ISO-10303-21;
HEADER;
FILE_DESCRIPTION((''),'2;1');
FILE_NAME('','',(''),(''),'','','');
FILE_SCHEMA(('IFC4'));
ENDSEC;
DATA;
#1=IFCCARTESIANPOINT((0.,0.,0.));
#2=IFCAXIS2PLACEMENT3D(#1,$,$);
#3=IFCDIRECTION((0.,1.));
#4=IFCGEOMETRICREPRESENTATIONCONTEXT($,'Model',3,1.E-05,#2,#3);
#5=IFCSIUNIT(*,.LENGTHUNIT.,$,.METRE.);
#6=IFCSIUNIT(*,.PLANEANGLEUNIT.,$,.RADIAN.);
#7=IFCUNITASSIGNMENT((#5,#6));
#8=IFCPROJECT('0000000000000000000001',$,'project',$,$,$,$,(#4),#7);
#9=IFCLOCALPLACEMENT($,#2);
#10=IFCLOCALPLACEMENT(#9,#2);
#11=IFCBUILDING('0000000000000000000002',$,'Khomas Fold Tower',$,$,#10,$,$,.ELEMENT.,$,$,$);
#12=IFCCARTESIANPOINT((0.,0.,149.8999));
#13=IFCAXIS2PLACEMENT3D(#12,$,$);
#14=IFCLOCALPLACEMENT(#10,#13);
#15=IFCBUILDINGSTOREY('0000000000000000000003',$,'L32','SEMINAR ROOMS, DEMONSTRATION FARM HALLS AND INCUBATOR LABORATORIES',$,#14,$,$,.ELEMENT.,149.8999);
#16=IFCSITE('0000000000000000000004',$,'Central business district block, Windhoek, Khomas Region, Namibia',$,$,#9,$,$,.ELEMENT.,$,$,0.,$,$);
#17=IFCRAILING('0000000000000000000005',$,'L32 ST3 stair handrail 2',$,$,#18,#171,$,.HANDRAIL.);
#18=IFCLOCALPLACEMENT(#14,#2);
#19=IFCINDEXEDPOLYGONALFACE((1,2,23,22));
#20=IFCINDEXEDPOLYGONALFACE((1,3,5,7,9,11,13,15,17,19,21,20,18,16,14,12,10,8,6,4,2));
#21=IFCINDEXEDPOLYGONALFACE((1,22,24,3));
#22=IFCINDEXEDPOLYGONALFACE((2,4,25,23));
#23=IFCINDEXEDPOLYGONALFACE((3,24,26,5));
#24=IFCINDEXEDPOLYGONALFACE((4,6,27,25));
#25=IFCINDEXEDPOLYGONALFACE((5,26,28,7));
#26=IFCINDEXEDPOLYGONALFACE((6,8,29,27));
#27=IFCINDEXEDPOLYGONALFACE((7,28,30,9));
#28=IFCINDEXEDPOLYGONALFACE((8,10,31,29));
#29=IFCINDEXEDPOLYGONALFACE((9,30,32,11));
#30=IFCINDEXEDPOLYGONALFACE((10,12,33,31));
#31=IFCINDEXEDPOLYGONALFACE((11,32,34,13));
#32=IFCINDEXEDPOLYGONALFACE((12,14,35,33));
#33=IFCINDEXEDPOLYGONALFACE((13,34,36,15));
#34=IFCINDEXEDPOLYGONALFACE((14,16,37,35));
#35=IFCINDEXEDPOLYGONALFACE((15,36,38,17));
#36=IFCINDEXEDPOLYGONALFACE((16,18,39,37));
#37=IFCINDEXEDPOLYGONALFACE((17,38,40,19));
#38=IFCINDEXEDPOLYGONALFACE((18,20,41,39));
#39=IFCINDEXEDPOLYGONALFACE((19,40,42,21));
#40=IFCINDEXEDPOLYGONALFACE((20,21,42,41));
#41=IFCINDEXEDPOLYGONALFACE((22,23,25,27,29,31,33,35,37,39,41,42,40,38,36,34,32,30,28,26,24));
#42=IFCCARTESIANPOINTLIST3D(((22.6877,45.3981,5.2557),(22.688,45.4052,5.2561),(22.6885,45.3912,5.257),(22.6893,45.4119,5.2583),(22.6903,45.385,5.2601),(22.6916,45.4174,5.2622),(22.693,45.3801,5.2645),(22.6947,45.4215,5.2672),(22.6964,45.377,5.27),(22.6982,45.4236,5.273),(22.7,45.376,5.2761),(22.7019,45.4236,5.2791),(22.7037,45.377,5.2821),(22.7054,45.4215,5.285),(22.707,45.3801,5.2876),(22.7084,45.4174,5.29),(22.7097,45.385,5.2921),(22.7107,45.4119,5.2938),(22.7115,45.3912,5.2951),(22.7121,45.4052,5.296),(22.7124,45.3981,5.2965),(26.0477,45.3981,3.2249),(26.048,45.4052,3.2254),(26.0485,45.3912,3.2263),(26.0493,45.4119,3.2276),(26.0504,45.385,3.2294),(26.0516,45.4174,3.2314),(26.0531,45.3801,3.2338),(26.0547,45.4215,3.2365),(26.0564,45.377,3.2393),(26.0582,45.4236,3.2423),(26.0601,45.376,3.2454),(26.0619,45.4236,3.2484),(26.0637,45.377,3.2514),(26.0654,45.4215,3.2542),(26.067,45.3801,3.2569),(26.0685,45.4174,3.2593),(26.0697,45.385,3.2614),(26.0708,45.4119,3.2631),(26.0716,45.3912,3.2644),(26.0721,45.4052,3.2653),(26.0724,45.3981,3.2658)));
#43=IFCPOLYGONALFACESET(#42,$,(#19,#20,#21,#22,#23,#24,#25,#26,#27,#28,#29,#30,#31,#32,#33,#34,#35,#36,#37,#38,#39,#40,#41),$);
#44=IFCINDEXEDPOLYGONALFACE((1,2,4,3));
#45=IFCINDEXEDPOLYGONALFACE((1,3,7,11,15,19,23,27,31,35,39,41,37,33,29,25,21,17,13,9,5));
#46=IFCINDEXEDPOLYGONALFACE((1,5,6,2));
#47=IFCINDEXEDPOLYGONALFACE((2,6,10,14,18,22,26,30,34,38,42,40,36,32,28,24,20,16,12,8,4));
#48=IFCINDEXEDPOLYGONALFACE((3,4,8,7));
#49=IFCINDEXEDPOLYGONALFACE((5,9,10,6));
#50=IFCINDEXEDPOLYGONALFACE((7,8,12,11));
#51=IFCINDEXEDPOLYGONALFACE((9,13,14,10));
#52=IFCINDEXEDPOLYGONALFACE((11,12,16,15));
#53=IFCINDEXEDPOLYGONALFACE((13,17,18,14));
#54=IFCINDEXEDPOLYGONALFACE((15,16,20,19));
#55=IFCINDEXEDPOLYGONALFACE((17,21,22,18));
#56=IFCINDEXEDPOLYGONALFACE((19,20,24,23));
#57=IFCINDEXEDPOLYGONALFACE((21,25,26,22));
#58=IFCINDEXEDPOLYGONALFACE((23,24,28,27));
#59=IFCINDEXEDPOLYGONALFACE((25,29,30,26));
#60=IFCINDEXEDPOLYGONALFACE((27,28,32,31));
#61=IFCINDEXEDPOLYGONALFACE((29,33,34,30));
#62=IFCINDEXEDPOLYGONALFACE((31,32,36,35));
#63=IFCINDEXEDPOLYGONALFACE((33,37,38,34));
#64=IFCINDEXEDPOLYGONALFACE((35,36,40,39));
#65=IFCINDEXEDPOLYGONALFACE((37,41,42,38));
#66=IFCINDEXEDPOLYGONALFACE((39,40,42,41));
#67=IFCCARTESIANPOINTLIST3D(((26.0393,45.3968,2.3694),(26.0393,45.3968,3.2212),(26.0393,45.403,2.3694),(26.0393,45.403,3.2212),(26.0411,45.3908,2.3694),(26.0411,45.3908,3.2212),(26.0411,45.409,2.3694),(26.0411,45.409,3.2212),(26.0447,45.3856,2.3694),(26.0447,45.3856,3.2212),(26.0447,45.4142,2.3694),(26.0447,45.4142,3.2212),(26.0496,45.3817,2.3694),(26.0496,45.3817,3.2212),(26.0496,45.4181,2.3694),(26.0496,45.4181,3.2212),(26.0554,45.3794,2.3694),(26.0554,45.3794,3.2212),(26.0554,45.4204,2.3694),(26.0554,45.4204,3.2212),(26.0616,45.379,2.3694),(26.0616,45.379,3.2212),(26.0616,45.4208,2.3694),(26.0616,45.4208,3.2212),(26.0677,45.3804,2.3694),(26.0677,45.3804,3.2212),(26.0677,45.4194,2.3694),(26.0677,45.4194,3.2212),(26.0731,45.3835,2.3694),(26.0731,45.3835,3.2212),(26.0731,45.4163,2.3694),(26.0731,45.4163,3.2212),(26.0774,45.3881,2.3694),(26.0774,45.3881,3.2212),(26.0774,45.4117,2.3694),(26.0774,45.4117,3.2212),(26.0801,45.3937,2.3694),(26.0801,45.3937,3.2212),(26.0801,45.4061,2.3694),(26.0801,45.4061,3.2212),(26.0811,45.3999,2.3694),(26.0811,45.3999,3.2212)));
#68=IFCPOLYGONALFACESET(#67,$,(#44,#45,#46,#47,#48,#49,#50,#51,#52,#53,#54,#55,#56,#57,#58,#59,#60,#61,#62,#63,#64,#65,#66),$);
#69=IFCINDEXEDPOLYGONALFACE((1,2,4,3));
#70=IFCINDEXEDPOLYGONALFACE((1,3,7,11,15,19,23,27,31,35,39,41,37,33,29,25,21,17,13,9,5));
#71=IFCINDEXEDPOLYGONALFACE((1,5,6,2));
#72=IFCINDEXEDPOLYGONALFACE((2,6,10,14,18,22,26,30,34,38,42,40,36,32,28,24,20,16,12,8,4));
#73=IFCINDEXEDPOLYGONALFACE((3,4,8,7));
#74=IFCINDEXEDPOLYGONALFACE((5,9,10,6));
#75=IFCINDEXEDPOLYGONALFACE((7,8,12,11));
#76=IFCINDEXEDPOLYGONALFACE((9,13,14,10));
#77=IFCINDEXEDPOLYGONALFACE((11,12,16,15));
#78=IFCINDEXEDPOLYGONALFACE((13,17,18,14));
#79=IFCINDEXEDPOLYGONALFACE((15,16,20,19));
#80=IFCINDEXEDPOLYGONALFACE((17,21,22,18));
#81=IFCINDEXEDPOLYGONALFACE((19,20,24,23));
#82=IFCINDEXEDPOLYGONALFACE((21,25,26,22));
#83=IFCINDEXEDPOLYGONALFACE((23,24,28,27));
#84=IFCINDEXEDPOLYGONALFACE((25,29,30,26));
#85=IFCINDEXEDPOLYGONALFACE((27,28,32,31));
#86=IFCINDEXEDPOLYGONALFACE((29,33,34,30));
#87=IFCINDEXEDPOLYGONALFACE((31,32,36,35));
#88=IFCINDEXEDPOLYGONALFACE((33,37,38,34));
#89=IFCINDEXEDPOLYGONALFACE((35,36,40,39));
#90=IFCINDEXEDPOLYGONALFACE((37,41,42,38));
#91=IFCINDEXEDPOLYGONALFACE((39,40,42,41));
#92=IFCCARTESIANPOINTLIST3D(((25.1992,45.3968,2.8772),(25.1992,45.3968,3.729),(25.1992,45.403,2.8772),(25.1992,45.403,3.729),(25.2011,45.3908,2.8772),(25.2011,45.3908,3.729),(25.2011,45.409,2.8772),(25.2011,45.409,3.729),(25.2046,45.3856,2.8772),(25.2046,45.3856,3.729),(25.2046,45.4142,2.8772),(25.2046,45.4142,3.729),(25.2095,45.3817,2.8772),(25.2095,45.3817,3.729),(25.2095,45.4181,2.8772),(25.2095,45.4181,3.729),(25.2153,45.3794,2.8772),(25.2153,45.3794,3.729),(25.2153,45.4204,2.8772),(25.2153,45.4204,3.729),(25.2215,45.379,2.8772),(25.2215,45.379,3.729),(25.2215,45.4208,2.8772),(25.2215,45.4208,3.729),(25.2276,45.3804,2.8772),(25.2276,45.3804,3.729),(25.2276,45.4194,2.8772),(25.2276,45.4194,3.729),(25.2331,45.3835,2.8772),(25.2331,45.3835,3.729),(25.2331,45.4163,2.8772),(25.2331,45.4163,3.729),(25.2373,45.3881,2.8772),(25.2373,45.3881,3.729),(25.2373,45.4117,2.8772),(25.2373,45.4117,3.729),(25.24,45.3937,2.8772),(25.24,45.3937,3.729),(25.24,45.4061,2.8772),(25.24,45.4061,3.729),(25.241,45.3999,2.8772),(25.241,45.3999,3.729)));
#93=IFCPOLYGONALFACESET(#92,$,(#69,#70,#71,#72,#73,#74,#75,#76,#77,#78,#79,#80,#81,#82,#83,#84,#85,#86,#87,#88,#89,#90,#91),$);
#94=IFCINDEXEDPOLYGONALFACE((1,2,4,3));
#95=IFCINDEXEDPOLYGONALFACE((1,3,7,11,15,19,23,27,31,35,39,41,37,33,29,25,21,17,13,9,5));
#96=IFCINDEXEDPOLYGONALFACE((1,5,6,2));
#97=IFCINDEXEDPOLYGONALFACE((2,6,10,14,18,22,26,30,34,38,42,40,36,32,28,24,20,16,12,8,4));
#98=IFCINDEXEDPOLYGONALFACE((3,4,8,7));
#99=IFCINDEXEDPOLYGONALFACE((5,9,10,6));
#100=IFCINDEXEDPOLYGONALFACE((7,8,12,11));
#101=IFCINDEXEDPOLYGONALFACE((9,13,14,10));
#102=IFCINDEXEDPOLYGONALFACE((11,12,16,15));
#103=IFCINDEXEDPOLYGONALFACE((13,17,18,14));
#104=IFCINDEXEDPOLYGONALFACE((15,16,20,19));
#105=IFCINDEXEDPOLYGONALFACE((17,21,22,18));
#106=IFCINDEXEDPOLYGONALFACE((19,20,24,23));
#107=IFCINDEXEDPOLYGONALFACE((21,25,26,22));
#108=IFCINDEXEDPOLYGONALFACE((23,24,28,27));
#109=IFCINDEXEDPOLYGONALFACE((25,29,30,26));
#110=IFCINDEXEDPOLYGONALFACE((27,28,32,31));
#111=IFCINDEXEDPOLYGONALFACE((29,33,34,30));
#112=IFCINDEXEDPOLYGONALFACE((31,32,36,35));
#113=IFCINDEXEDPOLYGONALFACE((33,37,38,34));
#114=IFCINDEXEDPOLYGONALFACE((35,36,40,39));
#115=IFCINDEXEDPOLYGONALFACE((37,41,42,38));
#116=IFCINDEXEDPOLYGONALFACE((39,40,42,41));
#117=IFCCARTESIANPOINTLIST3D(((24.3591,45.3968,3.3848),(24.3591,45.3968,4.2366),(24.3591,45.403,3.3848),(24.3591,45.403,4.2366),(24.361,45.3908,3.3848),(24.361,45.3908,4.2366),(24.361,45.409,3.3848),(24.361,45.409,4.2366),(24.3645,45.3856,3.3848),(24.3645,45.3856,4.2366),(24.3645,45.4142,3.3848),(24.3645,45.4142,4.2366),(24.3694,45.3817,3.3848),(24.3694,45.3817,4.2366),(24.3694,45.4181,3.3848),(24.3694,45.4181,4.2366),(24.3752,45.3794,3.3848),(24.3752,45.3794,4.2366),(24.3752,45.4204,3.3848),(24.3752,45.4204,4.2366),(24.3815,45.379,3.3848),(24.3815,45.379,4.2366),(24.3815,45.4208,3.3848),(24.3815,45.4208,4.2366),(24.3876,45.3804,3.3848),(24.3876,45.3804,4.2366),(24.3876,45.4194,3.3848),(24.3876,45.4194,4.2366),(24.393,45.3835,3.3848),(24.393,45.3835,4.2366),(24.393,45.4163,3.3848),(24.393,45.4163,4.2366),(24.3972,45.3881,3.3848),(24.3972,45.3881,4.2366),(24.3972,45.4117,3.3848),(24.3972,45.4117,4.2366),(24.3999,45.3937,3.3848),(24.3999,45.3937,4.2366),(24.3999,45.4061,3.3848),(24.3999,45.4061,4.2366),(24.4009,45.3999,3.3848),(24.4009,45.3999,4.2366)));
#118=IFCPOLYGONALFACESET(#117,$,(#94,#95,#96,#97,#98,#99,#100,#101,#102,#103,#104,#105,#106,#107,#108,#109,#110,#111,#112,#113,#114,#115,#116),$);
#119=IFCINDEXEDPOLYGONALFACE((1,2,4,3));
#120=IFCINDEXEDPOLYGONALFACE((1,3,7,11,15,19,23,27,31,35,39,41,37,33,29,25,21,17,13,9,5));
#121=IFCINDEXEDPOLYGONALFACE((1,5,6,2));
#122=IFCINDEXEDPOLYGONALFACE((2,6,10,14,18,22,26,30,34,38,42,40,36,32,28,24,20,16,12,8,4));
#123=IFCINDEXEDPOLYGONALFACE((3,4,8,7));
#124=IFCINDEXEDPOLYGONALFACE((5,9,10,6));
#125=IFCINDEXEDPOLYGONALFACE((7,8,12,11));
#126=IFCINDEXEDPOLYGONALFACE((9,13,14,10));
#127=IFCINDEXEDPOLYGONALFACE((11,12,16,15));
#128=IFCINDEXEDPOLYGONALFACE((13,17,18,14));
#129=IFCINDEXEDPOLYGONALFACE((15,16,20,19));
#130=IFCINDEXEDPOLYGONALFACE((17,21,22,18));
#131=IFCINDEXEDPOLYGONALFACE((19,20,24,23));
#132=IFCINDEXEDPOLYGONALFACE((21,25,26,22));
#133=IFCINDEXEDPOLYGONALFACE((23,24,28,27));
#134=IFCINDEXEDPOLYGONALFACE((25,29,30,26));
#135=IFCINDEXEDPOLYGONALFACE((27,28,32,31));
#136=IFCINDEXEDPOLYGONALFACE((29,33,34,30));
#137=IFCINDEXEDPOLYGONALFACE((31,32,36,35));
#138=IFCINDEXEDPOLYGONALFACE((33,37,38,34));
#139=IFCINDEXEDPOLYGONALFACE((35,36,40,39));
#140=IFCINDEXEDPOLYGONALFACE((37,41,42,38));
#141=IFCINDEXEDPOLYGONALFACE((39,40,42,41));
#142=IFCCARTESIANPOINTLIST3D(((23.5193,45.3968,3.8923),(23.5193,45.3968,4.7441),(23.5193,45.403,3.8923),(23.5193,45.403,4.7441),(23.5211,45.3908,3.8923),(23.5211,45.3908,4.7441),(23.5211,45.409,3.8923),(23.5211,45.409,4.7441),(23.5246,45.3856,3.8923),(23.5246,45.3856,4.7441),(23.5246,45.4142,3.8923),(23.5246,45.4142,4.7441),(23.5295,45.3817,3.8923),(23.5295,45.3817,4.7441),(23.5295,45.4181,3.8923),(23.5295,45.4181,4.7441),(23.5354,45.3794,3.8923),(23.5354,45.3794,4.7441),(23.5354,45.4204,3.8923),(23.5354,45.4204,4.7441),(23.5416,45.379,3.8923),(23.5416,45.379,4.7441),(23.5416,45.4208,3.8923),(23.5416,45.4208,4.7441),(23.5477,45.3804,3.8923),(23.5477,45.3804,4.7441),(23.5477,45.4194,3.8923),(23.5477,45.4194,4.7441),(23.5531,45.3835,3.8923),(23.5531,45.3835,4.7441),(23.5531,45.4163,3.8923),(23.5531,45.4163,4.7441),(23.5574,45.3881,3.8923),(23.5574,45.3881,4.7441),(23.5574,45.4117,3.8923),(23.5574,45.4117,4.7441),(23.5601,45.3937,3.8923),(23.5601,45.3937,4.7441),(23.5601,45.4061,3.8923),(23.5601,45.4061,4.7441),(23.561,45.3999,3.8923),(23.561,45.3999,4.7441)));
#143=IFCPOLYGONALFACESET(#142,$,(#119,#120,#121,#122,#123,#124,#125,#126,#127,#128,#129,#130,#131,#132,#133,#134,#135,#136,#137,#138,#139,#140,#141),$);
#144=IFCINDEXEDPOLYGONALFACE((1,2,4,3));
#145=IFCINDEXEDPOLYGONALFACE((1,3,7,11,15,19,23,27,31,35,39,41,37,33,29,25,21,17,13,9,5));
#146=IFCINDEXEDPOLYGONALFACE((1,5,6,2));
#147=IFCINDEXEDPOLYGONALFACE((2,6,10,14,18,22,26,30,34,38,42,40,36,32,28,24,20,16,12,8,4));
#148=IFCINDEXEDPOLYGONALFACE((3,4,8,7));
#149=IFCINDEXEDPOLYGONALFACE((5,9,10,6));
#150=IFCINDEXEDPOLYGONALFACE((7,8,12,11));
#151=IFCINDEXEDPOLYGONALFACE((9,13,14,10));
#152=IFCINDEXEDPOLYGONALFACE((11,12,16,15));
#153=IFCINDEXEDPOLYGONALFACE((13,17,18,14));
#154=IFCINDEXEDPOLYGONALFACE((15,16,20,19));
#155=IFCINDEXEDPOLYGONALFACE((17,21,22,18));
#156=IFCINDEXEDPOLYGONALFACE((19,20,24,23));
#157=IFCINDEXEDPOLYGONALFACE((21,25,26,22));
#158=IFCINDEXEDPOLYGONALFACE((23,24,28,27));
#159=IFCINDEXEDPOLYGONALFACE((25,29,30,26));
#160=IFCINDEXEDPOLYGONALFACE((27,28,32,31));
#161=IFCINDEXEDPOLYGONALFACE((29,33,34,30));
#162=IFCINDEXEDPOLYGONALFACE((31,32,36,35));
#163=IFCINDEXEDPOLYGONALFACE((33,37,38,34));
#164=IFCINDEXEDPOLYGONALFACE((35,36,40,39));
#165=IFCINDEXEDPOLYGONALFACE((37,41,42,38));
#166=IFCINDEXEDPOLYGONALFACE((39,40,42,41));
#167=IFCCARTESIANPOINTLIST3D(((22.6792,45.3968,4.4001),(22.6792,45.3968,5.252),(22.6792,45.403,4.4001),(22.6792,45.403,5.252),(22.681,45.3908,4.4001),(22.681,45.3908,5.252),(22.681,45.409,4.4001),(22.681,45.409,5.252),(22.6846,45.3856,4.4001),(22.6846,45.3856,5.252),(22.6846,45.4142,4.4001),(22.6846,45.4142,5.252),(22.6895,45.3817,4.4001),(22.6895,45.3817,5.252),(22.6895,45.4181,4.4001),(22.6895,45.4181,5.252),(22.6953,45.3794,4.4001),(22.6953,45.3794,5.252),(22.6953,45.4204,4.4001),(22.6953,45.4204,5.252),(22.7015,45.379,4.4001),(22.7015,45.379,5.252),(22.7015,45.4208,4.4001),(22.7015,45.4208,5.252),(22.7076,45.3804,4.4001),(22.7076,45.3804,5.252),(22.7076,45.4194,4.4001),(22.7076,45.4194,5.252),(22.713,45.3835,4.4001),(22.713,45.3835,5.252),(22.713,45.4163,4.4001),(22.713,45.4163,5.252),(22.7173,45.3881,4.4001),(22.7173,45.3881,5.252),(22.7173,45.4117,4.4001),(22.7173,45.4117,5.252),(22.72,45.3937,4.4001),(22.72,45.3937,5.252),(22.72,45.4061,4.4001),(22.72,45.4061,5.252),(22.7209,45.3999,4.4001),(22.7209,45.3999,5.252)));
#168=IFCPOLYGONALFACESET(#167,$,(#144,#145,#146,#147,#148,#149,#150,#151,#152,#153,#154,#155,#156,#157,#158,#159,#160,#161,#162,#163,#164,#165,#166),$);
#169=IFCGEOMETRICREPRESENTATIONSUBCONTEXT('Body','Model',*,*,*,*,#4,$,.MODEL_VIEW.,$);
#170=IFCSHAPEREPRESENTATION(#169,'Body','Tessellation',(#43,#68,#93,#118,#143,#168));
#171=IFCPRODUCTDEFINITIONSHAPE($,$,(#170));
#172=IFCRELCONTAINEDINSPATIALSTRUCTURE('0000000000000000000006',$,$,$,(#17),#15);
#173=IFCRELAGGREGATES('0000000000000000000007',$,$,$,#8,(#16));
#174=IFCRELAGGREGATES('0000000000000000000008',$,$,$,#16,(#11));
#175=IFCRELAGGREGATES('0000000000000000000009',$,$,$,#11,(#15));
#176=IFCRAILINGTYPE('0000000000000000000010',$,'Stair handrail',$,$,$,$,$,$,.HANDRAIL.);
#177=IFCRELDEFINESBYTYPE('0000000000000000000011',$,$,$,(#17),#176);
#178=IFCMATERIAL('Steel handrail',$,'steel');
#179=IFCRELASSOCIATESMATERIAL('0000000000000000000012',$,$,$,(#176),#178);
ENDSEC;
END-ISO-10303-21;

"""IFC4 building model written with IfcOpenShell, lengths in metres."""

from ifc_helpers import new_model, si_unit, direction, frame, origin, origin_2d, place, context, subcontext, project, spatial, circle, extrude, source, transform, mapped, material, type_object, element, save


model = new_model("IFC4")

# Units and contexts
model_context = context("Model", 3, precision=1e-05, world=origin(), true_north=direction((0.0, 1.0)))
body_context = subcontext(model_context, "Body", "Model", "MODEL_VIEW")
ifc_project = project(units=[si_unit("LENGTHUNIT", "METRE"), si_unit("PLANEANGLEUNIT", "RADIAN")], contexts=[model_context])

# Site, building, storey
site_placement = place(None, origin())
site = spatial("IfcSite", under=ifc_project, at=site_placement, Name="Central business district block, Windhoek, Khomas Region, Namibia", CompositionType="ELEMENT", RefElevation=0.0)
building_placement = place(site_placement, origin())
building = spatial("IfcBuilding", under=site, at=building_placement, Name="Khomas Fold Tower", CompositionType="ELEMENT")
storey_placement = place(building_placement, frame((0.0, 0.0, 149.8999)))
storey = spatial("IfcBuildingStorey", under=building, at=storey_placement, Name="L32", Description="SEMINAR ROOMS, DEMONSTRATION FARM HALLS AND INCUBATOR LABORATORIES", CompositionType="ELEMENT", Elevation=149.8999)

# Railing
ifc_material_1 = material(Name="Steel handrail", Category="steel")
railing_type_1 = type_object("IfcRailingType", Name="Stair handrail", PredefinedType="HANDRAIL", material=ifc_material_1)
shared_shape_1 = source(origin(), body_context, "Body", "SweptSolid", [
    extrude(circle(Radius=0.0239, at=origin_2d()), frame((0.0, 0.0, 0.876), z_axis=(-0.855837, 0.0, 0.517246), x_axis=(0.0, -1.0, 0.0)), (0.0, 0.0, 1.0), 3.926),
    extrude(circle(Radius=0.021, at=origin_2d()), origin(), (0.0, 0.0, 1.0), 0.8518),
    extrude(circle(Radius=0.021, at=origin_2d()), frame((-0.8401, 0.0, 0.5078)), (0.0, 0.0, 1.0), 0.8518),
    extrude(circle(Radius=0.021, at=origin_2d()), frame((-1.6802, 0.0, 1.0154)), (0.0, 0.0, 1.0), 0.8518),
    extrude(circle(Radius=0.021, at=origin_2d()), frame((-2.52, 0.0, 1.5229)), (0.0, 0.0, 1.0), 0.8518),
    extrude(circle(Radius=0.021, at=origin_2d()), frame((-3.3601, 0.0, 2.0308)), (0.0, 0.0, 1.0), 0.8518),
])
railing_1_placement = place(storey_placement, frame((26.0601, 45.3999, 2.3694)))
element("IfcRailing", 1, at=railing_1_placement, inside=storey, type_object=railing_type_1, Name="L32 ST3 stair handrail 2", PredefinedType="HANDRAIL", context=body_context, shape_type="MappedRepresentation", body=[
    mapped(shared_shape_1, transform((0.0, 0.0, 0.0))),
])

save(model, "model.ifc")
